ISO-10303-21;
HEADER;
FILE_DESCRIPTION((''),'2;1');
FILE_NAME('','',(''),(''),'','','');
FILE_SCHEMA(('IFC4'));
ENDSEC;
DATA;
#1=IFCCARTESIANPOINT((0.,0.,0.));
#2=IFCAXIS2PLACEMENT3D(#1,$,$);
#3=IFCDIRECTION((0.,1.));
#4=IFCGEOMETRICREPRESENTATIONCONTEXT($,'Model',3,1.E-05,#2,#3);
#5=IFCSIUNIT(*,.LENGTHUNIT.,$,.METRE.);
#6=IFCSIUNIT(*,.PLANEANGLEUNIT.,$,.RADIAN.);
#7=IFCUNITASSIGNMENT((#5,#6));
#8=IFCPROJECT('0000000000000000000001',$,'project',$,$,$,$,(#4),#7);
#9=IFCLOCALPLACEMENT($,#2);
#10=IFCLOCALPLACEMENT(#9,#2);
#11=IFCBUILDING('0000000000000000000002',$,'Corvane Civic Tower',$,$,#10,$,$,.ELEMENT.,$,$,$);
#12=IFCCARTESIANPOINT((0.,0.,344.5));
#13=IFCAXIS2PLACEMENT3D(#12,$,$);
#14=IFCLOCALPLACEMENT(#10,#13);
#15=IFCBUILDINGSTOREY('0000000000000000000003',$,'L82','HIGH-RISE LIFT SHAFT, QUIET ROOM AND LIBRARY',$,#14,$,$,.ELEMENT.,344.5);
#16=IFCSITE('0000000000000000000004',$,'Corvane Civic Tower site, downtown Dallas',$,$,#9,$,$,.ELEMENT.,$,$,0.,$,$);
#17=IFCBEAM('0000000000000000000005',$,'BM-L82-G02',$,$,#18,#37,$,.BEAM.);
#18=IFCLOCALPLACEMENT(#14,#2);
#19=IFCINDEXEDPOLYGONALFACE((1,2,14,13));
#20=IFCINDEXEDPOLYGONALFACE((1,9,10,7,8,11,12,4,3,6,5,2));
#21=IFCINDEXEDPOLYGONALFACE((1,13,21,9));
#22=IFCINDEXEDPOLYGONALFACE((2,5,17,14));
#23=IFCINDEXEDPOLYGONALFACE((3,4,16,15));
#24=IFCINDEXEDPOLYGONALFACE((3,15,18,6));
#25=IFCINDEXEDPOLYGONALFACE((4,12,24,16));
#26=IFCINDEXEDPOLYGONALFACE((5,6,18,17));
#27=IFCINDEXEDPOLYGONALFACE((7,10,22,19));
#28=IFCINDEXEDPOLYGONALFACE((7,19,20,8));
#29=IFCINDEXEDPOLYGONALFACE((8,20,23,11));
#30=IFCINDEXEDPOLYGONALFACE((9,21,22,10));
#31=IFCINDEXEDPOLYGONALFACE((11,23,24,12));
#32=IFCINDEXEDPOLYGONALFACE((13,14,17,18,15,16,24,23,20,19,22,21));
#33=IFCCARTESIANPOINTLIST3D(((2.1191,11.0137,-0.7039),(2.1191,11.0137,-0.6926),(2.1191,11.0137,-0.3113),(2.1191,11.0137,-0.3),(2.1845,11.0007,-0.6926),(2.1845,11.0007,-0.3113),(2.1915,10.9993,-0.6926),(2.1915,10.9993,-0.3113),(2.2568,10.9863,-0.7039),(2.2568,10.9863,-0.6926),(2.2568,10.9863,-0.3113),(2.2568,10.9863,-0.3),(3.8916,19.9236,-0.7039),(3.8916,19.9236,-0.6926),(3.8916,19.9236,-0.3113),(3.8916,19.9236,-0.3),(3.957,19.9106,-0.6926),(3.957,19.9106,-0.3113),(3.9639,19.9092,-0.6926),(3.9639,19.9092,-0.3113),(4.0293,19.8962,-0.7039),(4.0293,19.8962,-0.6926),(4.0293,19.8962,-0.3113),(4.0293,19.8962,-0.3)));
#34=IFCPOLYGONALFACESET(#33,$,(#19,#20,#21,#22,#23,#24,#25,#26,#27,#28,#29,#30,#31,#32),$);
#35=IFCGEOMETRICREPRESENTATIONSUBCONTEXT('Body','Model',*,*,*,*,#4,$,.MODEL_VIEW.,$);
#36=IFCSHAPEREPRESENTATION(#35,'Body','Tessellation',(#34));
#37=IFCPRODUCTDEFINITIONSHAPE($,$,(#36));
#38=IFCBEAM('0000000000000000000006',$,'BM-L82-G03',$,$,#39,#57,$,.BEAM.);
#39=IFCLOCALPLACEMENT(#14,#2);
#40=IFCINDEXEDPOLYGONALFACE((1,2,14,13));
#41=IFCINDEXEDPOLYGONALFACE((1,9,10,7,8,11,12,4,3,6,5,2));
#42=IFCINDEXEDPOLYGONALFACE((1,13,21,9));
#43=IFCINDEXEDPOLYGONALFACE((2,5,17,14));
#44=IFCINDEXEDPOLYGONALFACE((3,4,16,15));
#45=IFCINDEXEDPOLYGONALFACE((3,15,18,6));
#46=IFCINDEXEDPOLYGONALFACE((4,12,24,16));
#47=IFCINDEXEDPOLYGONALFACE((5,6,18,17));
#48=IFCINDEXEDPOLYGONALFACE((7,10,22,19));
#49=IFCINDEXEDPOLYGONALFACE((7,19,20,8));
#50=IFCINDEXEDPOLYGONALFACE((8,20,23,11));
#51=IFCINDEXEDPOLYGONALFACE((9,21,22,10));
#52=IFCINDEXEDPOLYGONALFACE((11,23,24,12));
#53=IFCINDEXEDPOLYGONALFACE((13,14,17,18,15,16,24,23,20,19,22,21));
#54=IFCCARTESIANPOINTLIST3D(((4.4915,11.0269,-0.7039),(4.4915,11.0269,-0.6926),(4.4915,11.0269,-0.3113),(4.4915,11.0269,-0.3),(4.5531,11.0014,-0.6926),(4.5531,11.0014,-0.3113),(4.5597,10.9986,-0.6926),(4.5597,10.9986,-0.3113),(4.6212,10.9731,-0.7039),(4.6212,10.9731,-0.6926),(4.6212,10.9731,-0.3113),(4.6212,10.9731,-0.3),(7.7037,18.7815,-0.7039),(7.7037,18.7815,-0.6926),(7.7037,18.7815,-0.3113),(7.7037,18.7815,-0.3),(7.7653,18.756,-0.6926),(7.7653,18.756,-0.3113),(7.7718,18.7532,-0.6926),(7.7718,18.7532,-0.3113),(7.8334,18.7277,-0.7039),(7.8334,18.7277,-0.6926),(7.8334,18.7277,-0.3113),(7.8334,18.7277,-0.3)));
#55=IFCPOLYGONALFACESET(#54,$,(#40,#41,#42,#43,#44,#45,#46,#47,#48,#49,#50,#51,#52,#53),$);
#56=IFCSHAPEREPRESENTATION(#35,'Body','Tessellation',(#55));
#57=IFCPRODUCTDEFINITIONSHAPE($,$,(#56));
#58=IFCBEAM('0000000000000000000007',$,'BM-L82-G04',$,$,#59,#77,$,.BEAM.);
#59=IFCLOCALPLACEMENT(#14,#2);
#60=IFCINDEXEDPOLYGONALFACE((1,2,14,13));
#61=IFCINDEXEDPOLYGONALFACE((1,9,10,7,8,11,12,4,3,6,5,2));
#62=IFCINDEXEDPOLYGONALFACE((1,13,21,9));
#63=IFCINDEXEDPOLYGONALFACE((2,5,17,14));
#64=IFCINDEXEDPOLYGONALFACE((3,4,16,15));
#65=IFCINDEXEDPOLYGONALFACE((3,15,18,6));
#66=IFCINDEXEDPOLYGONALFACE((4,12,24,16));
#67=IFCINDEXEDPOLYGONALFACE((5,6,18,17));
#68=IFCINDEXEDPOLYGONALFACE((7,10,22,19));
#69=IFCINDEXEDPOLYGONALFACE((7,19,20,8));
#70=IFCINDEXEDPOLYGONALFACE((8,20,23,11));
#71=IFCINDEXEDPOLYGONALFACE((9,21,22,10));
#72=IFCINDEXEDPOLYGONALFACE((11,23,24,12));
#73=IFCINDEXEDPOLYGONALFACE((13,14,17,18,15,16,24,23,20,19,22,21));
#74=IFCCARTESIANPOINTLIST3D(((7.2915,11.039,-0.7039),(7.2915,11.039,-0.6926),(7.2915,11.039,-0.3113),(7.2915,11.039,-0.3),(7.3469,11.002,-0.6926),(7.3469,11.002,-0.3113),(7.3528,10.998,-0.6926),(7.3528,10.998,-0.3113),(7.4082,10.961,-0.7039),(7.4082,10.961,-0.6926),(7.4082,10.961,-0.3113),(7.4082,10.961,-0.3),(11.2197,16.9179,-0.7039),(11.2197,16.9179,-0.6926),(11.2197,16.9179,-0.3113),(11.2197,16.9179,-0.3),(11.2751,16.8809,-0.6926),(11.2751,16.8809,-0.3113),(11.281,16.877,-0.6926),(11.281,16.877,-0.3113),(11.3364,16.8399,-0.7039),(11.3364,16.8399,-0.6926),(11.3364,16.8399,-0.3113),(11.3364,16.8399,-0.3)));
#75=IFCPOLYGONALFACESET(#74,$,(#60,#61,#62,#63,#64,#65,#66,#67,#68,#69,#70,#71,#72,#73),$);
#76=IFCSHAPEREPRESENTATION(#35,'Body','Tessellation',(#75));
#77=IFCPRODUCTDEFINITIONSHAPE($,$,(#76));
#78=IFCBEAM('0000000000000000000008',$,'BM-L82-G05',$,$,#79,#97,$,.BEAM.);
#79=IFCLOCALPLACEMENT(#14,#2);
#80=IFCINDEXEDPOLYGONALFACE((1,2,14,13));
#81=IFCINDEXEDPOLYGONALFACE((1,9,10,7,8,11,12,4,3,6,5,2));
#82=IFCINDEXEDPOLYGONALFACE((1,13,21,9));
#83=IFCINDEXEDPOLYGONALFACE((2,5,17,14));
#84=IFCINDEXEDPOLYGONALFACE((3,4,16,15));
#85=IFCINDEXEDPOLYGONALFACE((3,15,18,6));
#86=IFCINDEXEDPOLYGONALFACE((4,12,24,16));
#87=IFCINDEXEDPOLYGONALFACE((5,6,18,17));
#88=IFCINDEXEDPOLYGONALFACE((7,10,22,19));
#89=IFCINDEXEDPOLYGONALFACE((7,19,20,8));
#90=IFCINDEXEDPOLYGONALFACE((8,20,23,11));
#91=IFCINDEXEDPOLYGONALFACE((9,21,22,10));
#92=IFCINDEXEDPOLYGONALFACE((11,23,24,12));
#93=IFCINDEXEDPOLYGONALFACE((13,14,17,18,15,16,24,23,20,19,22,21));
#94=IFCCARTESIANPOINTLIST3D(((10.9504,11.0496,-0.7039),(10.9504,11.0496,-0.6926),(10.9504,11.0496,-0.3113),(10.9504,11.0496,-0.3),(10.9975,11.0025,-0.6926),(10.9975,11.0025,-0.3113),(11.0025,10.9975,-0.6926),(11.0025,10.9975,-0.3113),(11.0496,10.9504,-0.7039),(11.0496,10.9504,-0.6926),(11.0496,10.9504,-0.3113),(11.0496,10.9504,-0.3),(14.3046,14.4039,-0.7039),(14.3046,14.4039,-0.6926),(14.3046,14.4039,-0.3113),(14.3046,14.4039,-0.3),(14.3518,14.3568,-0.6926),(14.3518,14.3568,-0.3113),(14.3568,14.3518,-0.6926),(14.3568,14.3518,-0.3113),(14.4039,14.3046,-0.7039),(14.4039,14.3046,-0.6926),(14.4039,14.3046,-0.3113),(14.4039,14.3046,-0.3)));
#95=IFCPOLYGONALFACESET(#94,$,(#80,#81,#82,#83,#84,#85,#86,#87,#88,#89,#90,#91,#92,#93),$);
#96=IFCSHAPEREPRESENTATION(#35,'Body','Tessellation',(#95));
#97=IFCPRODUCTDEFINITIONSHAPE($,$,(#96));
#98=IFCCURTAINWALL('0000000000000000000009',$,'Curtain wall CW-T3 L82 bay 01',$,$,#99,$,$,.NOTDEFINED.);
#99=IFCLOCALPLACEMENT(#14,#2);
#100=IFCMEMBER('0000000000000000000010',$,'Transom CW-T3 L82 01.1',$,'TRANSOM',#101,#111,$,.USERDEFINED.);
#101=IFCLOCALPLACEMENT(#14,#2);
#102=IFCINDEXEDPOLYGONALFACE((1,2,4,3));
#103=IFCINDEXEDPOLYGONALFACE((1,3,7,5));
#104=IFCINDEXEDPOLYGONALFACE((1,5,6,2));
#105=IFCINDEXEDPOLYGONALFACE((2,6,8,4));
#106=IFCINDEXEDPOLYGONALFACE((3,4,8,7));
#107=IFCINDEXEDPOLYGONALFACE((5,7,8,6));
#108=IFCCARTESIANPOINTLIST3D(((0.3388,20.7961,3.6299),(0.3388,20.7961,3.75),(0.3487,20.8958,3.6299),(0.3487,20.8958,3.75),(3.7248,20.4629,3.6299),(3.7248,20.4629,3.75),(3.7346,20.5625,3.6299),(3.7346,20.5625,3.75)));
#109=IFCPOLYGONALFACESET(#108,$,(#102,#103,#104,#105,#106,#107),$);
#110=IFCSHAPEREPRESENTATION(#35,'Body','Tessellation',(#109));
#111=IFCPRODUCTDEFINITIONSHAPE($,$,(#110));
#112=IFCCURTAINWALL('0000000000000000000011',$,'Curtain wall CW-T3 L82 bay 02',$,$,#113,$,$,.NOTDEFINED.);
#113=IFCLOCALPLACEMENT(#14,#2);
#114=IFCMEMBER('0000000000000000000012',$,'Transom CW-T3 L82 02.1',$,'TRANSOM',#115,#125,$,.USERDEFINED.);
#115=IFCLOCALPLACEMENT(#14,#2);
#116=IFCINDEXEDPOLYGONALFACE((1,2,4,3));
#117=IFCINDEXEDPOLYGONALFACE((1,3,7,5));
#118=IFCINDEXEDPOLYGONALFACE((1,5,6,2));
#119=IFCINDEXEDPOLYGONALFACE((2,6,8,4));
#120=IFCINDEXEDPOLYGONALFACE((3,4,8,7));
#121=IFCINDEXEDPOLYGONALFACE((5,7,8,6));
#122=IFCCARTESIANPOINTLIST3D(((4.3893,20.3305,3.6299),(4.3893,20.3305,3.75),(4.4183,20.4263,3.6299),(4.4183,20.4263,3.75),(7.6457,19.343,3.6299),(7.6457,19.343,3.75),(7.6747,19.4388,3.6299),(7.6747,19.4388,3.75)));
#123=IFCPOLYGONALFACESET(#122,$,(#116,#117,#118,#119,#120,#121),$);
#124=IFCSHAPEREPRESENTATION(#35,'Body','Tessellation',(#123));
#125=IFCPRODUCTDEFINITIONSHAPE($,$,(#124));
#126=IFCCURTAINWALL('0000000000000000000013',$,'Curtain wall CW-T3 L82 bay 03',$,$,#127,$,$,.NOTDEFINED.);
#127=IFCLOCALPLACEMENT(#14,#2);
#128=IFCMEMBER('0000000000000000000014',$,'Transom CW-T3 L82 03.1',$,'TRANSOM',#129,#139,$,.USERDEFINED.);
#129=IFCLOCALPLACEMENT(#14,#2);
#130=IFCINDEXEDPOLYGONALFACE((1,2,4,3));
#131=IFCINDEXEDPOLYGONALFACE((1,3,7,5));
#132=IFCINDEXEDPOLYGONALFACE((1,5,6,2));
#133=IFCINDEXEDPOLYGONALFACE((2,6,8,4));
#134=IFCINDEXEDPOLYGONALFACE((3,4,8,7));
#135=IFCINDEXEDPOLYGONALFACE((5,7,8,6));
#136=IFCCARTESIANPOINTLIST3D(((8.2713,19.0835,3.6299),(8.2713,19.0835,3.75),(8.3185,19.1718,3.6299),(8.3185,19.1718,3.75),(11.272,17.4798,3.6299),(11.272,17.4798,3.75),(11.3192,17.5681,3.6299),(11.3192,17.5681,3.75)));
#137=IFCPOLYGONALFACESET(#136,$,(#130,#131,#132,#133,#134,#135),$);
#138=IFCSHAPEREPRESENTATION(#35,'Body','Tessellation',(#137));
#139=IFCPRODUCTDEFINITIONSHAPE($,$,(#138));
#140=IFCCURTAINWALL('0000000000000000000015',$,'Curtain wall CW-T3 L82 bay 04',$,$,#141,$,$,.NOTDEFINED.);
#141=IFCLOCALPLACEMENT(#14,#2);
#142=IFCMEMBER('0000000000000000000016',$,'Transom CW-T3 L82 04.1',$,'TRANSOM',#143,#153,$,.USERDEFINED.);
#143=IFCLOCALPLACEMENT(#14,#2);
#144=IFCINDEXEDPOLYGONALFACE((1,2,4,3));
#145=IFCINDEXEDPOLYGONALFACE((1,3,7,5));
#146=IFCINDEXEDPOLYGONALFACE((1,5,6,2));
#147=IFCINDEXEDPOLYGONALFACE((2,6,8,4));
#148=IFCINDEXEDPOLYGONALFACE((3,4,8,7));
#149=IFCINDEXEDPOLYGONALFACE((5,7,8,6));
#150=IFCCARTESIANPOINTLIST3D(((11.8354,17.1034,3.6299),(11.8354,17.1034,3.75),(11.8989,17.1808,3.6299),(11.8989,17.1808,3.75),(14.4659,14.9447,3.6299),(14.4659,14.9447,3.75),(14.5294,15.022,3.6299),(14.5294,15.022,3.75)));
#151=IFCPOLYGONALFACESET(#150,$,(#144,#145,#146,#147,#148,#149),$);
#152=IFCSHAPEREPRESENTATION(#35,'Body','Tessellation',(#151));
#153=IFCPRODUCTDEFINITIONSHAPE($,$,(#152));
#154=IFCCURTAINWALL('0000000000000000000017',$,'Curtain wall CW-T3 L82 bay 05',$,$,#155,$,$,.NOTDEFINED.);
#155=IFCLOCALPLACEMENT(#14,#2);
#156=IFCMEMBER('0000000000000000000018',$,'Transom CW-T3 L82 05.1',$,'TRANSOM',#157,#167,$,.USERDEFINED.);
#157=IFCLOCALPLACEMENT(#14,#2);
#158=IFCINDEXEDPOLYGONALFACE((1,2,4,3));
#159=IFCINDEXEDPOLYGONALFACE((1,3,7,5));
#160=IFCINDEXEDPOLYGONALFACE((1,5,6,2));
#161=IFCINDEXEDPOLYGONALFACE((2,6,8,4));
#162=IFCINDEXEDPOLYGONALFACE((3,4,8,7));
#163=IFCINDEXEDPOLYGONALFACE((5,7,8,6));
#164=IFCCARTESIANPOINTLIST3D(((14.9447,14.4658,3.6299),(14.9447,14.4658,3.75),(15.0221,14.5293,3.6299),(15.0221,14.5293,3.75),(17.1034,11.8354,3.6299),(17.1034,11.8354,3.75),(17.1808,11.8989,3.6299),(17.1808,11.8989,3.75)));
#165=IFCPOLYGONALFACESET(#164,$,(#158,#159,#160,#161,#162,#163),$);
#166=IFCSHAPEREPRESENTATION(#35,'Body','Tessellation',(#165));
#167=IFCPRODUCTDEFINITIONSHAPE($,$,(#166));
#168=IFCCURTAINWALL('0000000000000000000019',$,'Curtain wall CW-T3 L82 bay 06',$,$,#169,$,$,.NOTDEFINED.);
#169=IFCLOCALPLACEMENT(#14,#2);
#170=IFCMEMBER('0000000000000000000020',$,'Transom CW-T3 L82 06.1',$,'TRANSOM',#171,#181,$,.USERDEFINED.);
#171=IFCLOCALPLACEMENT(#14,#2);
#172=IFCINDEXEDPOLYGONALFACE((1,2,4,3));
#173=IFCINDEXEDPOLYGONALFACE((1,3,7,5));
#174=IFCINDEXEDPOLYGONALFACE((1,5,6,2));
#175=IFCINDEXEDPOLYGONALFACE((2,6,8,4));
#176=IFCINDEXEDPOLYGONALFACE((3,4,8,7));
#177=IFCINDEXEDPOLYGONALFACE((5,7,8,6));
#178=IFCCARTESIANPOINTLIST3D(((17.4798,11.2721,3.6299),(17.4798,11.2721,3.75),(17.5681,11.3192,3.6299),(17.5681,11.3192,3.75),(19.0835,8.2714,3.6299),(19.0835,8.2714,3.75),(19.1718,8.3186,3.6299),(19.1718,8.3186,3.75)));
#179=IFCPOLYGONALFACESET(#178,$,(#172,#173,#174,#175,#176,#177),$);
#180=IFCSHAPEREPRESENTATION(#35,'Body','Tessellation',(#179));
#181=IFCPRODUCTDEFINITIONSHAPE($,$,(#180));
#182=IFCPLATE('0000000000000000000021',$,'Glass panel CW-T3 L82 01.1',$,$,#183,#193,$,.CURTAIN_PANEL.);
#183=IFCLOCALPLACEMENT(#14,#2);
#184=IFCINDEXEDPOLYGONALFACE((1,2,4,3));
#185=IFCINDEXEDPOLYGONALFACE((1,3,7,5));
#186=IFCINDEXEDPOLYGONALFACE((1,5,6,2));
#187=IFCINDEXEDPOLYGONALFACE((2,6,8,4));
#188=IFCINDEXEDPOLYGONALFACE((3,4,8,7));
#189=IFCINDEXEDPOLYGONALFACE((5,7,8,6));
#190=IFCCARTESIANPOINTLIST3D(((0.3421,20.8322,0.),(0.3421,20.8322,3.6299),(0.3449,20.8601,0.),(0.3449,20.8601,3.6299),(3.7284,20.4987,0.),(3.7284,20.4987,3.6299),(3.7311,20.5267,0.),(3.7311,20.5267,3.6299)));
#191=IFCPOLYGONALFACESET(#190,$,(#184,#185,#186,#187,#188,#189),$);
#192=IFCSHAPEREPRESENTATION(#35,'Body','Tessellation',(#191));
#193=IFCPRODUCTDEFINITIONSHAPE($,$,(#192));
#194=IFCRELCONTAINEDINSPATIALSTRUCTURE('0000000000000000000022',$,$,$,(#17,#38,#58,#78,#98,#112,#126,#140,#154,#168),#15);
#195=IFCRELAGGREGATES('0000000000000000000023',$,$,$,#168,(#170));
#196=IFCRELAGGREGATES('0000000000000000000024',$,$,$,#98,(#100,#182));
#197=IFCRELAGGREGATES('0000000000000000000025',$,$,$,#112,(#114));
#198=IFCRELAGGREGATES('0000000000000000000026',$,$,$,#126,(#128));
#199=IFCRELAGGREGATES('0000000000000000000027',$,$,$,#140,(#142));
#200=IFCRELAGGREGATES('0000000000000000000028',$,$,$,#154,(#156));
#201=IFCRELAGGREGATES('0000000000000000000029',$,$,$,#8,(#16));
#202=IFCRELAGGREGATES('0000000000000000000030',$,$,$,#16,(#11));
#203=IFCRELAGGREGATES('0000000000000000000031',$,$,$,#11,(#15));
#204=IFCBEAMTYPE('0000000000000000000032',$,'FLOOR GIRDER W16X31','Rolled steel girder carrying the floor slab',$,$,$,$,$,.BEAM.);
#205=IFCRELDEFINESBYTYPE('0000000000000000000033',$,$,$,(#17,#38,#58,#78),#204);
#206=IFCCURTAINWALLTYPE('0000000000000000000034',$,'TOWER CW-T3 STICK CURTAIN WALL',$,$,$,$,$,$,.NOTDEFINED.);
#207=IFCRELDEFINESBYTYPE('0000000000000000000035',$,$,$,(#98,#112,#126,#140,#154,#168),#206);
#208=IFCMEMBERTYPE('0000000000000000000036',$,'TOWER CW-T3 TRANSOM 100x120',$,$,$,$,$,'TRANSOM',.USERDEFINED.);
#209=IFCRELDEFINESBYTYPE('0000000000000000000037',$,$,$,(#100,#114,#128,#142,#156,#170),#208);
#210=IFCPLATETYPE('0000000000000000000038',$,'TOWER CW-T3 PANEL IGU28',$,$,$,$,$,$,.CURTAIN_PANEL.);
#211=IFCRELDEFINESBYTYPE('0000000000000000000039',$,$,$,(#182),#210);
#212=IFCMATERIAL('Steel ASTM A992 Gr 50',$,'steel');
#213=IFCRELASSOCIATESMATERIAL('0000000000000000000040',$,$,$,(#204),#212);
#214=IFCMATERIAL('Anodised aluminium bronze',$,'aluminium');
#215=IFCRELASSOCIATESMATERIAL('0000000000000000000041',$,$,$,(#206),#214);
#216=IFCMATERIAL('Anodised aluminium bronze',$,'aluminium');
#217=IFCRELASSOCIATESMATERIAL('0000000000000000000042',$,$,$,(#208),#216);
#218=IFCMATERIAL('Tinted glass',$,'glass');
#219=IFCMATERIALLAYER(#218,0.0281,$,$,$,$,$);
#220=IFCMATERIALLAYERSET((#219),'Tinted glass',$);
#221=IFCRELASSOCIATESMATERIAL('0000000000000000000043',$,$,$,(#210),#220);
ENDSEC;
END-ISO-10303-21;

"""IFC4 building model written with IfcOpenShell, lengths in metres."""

from ifc_helpers import new_model, si_unit, direction, frame, origin, origin_2d, place, context, subcontext, project, spatial, rectangle, i_section, extrude, material, layer, layer_set, material_profile, profile_set, type_object, element, aggregate, save


model = new_model("IFC4")

# Units and contexts
model_context = context("Model", 3, precision=1e-05, world=origin(), true_north=direction((0.0, 1.0)))
body_context = subcontext(model_context, "Body", "Model", "MODEL_VIEW")
ifc_project = project(units=[si_unit("LENGTHUNIT", "METRE"), si_unit("PLANEANGLEUNIT", "RADIAN")], contexts=[model_context])

# Site, building, storey
site_placement = place(None, origin())
site = spatial("IfcSite", under=ifc_project, at=site_placement, Name="Corvane Civic Tower site, downtown Dallas", CompositionType="ELEMENT", RefElevation=0.0)
building_placement = place(site_placement, origin())
building = spatial("IfcBuilding", under=site, at=building_placement, Name="Corvane Civic Tower", CompositionType="ELEMENT")
storey_placement = place(building_placement, frame((0.0, 0.0, 344.5)))
storey = spatial("IfcBuildingStorey", under=building, at=storey_placement, Name="L82", Description="HIGH-RISE LIFT SHAFT, QUIET ROOM AND LIBRARY", CompositionType="ELEMENT", Elevation=344.5)

# Beams
ifc_material_1 = material(Name="Steel ASTM A992 Gr 50", Category="steel")
ifc_material_profile_1 = material_profile(ifc_material_1, i_section(OverallWidth=0.1404, OverallDepth=0.4038, WebThickness=0.0071, FlangeThickness=0.0112, at=origin_2d()), Name="W16X31")
ifc_profile_set_1 = profile_set([ifc_material_profile_1], Name="Steel ASTM A992 Gr 50")
beam_type_1 = type_object("IfcBeamType", Name="FLOOR GIRDER W16X31", Description="Rolled steel girder carrying the floor slab", PredefinedType="BEAM", material=ifc_profile_set_1)
beam_1_placement = place(storey_placement, frame((2.188, 11.0, -0.502), z_axis=(0.195108, 0.980782, 0.0), x_axis=(-0.980782, 0.195108, 0.0)))
element("IfcBeam", 1, at=beam_1_placement, inside=storey, type_object=beam_type_1, Name="BM-L82-G02", PredefinedType="BEAM", context=body_context, shape_type="SweptSolid", body=[
    extrude(i_section(OverallWidth=0.1404, OverallDepth=0.4038, WebThickness=0.0071, FlangeThickness=0.0112, at=origin_2d()), origin(), (0.0, 0.0, 1.0), 9.0845),
])
beam_2_placement = place(storey_placement, frame((4.5564, 11.0, -0.502), z_axis=(0.382692, 0.923876, 0.0), x_axis=(-0.923876, 0.382692, 0.0)))
element("IfcBeam", 2, at=beam_2_placement, inside=storey, type_object=beam_type_1, Name="BM-L82-G03", PredefinedType="BEAM", context=body_context, shape_type="SweptSolid", body=[
    extrude(i_section(OverallWidth=0.1404, OverallDepth=0.4038, WebThickness=0.0071, FlangeThickness=0.0112, at=origin_2d()), origin(), (0.0, 0.0, 1.0), 8.3936),
])
beam_3_placement = place(storey_placement, frame((7.3499, 11.0, -0.502), z_axis=(0.555576, 0.831465, 0.0), x_axis=(-0.831465, 0.555576, 0.0)))
element("IfcBeam", 3, at=beam_3_placement, inside=storey, type_object=beam_type_1, Name="BM-L82-G04", PredefinedType="BEAM", context=body_context, shape_type="SweptSolid", body=[
    extrude(i_section(OverallWidth=0.1404, OverallDepth=0.4038, WebThickness=0.0071, FlangeThickness=0.0112, at=origin_2d()), origin(), (0.0, 0.0, 1.0), 7.0706),
])
beam_4_placement = place(storey_placement, frame((11.0, 11.0, -0.502), z_axis=(0.707107, 0.707107, 0.0), x_axis=(-0.707107, 0.707107, 0.0)))
element("IfcBeam", 4, at=beam_4_placement, inside=storey, type_object=beam_type_1, Name="BM-L82-G05", PredefinedType="BEAM", context=body_context, shape_type="SweptSolid", body=[
    extrude(i_section(OverallWidth=0.1404, OverallDepth=0.4038, WebThickness=0.0071, FlangeThickness=0.0112, at=origin_2d()), origin(), (0.0, 0.0, 1.0), 4.7437),
])

# Curtain walls, members
ifc_material_2 = material(Name="Anodised aluminium bronze", Category="aluminium")
curtain_wall_type = type_object("IfcCurtainWallType", Name="TOWER CW-T3 STICK CURTAIN WALL", PredefinedType="NOTDEFINED", material=ifc_material_2)
curtain_wall_1_placement = place(storey_placement, origin())
curtain_wall_1 = element("IfcCurtainWall", 5, at=curtain_wall_1_placement, inside=storey, type_object=curtain_wall_type, Name="Curtain wall CW-T3 L82 bay 01", PredefinedType="NOTDEFINED")
ifc_material_3 = material(Name="Anodised aluminium bronze", Category="aluminium")
ifc_material_profile_2 = material_profile(ifc_material_3, rectangle(XDim=0.1001, YDim=0.1201, at=origin_2d()), Name="TOWER CW-T3 TRANSOM 100x120")
ifc_profile_set_2 = profile_set([ifc_material_profile_2], Name="Anodised aluminium bronze")
member_type = type_object("IfcMemberType", Name="TOWER CW-T3 TRANSOM 100x120", ElementType="TRANSOM", PredefinedType="USERDEFINED", material=ifc_profile_set_2)
member_1_placement = place(storey_placement, frame((0.3438, 20.8459, 3.6899), z_axis=(0.995192, -0.097948, 0.0), x_axis=(0.097948, 0.995192, 0.0)))
member_1 = element("IfcMember", 6, at=member_1_placement, type_object=member_type, Name="Transom CW-T3 L82 01.1", ObjectType="TRANSOM", PredefinedType="USERDEFINED", context=body_context, shape_type="SweptSolid", body=[
    extrude(rectangle(XDim=0.1001, YDim=0.1201, at=origin_2d()), origin(), (0.0, 0.0, 1.0), 3.4023),
])
curtain_wall_2_placement = place(storey_placement, origin())
curtain_wall_2 = element("IfcCurtainWall", 7, at=curtain_wall_2_placement, inside=storey, type_object=curtain_wall_type, Name="Curtain wall CW-T3 L82 bay 02", PredefinedType="NOTDEFINED")
member_2_placement = place(storey_placement, frame((4.4038, 20.3784, 3.6899), z_axis=(0.956961, -0.290216, 0.0), x_axis=(0.290216, 0.956961, 0.0)))
member_2 = element("IfcMember", 8, at=member_2_placement, type_object=member_type, Name="Transom CW-T3 L82 02.1", ObjectType="TRANSOM", PredefinedType="USERDEFINED", context=body_context, shape_type="SweptSolid", body=[
    extrude(rectangle(XDim=0.1001, YDim=0.1201, at=origin_2d()), origin(), (0.0, 0.0, 1.0), 3.4028),
])
curtain_wall_3_placement = place(storey_placement, origin())
curtain_wall_3 = element("IfcCurtainWall", 9, at=curtain_wall_3_placement, inside=storey, type_object=curtain_wall_type, Name="Curtain wall CW-T3 L82 bay 03", PredefinedType="NOTDEFINED")
member_3_placement = place(storey_placement, frame((8.2949, 19.1277, 3.6899), z_axis=(0.881941, -0.471359, 0.0), x_axis=(0.471359, 0.881941, 0.0)))
member_3 = element("IfcMember", 10, at=member_3_placement, type_object=member_type, Name="Transom CW-T3 L82 03.1", ObjectType="TRANSOM", PredefinedType="USERDEFINED", context=body_context, shape_type="SweptSolid", body=[
    extrude(rectangle(XDim=0.1001, YDim=0.1201, at=origin_2d()), origin(), (0.0, 0.0, 1.0), 3.4023),
])
curtain_wall_4_placement = place(storey_placement, origin())
curtain_wall_4 = element("IfcCurtainWall", 11, at=curtain_wall_4_placement, inside=storey, type_object=curtain_wall_type, Name="Curtain wall CW-T3 L82 bay 04", PredefinedType="NOTDEFINED")
member_4_placement = place(storey_placement, frame((11.8672, 17.1421, 3.6899), z_axis=(0.77301, -0.634394, 0.0), x_axis=(0.634394, 0.77301, 0.0)))
member_4 = element("IfcMember", 12, at=member_4_placement, type_object=member_type, Name="Transom CW-T3 L82 04.1", ObjectType="TRANSOM", PredefinedType="USERDEFINED", context=body_context, shape_type="SweptSolid", body=[
    extrude(rectangle(XDim=0.1001, YDim=0.1201, at=origin_2d()), origin(), (0.0, 0.0, 1.0), 3.4028),
])
curtain_wall_5_placement = place(storey_placement, origin())
curtain_wall_5 = element("IfcCurtainWall", 13, at=curtain_wall_5_placement, inside=storey, type_object=curtain_wall_type, Name="Curtain wall CW-T3 L82 bay 05", PredefinedType="NOTDEFINED")
member_5_placement = place(storey_placement, frame((14.9834, 14.4976, 3.6899), z_axis=(0.634394, -0.77301, 0.0), x_axis=(0.77301, 0.634394, 0.0)))
member_5 = element("IfcMember", 14, at=member_5_placement, type_object=member_type, Name="Transom CW-T3 L82 05.1", ObjectType="TRANSOM", PredefinedType="USERDEFINED", context=body_context, shape_type="SweptSolid", body=[
    extrude(rectangle(XDim=0.1001, YDim=0.1201, at=origin_2d()), origin(), (0.0, 0.0, 1.0), 3.4028),
])
curtain_wall_6_placement = place(storey_placement, origin())
curtain_wall_6 = element("IfcCurtainWall", 15, at=curtain_wall_6_placement, inside=storey, type_object=curtain_wall_type, Name="Curtain wall CW-T3 L82 bay 06", PredefinedType="NOTDEFINED")
member_6_placement = place(storey_placement, frame((17.5239, 11.2957, 3.6899), z_axis=(0.471359, -0.881941, 0.0), x_axis=(0.881941, 0.471359, 0.0)))
member_6 = element("IfcMember", 16, at=member_6_placement, type_object=member_type, Name="Transom CW-T3 L82 06.1", ObjectType="TRANSOM", PredefinedType="USERDEFINED", context=body_context, shape_type="SweptSolid", body=[
    extrude(rectangle(XDim=0.1001, YDim=0.1201, at=origin_2d()), origin(), (0.0, 0.0, 1.0), 3.4023),
])
aggregate(curtain_wall_6, [member_6])

# Plate
ifc_material_4 = material(Name="Tinted glass", Category="glass")
ifc_layer_1 = layer(ifc_material_4, 0.0281)
ifc_layer_set_1 = layer_set([ifc_layer_1], Name="Tinted glass")
plate_type = type_object("IfcPlateType", Name="TOWER CW-T3 PANEL IGU28", PredefinedType="CURTAIN_PANEL", material=ifc_layer_set_1)
plate_1_placement = place(storey_placement, frame((2.0366, 20.6794, 0.0), z_axis=(0.0, 0.0, 1.0), x_axis=(0.995187, -0.097998, 0.0)))
plate_1 = element("IfcPlate", 17, at=plate_1_placement, type_object=plate_type, Name="Glass panel CW-T3 L82 01.1", PredefinedType="CURTAIN_PANEL", context=body_context, shape_type="SweptSolid", body=[
    extrude(rectangle(XDim=3.4026, YDim=0.0281, at=origin_2d()), origin(), (0.0, 0.0, 1.0), 3.6299),
])
aggregate(curtain_wall_1, [member_1, plate_1])
aggregate(curtain_wall_2, [member_2])
aggregate(curtain_wall_3, [member_3])
aggregate(curtain_wall_4, [member_4])
aggregate(curtain_wall_5, [member_5])

save(model, "model.ifc")
